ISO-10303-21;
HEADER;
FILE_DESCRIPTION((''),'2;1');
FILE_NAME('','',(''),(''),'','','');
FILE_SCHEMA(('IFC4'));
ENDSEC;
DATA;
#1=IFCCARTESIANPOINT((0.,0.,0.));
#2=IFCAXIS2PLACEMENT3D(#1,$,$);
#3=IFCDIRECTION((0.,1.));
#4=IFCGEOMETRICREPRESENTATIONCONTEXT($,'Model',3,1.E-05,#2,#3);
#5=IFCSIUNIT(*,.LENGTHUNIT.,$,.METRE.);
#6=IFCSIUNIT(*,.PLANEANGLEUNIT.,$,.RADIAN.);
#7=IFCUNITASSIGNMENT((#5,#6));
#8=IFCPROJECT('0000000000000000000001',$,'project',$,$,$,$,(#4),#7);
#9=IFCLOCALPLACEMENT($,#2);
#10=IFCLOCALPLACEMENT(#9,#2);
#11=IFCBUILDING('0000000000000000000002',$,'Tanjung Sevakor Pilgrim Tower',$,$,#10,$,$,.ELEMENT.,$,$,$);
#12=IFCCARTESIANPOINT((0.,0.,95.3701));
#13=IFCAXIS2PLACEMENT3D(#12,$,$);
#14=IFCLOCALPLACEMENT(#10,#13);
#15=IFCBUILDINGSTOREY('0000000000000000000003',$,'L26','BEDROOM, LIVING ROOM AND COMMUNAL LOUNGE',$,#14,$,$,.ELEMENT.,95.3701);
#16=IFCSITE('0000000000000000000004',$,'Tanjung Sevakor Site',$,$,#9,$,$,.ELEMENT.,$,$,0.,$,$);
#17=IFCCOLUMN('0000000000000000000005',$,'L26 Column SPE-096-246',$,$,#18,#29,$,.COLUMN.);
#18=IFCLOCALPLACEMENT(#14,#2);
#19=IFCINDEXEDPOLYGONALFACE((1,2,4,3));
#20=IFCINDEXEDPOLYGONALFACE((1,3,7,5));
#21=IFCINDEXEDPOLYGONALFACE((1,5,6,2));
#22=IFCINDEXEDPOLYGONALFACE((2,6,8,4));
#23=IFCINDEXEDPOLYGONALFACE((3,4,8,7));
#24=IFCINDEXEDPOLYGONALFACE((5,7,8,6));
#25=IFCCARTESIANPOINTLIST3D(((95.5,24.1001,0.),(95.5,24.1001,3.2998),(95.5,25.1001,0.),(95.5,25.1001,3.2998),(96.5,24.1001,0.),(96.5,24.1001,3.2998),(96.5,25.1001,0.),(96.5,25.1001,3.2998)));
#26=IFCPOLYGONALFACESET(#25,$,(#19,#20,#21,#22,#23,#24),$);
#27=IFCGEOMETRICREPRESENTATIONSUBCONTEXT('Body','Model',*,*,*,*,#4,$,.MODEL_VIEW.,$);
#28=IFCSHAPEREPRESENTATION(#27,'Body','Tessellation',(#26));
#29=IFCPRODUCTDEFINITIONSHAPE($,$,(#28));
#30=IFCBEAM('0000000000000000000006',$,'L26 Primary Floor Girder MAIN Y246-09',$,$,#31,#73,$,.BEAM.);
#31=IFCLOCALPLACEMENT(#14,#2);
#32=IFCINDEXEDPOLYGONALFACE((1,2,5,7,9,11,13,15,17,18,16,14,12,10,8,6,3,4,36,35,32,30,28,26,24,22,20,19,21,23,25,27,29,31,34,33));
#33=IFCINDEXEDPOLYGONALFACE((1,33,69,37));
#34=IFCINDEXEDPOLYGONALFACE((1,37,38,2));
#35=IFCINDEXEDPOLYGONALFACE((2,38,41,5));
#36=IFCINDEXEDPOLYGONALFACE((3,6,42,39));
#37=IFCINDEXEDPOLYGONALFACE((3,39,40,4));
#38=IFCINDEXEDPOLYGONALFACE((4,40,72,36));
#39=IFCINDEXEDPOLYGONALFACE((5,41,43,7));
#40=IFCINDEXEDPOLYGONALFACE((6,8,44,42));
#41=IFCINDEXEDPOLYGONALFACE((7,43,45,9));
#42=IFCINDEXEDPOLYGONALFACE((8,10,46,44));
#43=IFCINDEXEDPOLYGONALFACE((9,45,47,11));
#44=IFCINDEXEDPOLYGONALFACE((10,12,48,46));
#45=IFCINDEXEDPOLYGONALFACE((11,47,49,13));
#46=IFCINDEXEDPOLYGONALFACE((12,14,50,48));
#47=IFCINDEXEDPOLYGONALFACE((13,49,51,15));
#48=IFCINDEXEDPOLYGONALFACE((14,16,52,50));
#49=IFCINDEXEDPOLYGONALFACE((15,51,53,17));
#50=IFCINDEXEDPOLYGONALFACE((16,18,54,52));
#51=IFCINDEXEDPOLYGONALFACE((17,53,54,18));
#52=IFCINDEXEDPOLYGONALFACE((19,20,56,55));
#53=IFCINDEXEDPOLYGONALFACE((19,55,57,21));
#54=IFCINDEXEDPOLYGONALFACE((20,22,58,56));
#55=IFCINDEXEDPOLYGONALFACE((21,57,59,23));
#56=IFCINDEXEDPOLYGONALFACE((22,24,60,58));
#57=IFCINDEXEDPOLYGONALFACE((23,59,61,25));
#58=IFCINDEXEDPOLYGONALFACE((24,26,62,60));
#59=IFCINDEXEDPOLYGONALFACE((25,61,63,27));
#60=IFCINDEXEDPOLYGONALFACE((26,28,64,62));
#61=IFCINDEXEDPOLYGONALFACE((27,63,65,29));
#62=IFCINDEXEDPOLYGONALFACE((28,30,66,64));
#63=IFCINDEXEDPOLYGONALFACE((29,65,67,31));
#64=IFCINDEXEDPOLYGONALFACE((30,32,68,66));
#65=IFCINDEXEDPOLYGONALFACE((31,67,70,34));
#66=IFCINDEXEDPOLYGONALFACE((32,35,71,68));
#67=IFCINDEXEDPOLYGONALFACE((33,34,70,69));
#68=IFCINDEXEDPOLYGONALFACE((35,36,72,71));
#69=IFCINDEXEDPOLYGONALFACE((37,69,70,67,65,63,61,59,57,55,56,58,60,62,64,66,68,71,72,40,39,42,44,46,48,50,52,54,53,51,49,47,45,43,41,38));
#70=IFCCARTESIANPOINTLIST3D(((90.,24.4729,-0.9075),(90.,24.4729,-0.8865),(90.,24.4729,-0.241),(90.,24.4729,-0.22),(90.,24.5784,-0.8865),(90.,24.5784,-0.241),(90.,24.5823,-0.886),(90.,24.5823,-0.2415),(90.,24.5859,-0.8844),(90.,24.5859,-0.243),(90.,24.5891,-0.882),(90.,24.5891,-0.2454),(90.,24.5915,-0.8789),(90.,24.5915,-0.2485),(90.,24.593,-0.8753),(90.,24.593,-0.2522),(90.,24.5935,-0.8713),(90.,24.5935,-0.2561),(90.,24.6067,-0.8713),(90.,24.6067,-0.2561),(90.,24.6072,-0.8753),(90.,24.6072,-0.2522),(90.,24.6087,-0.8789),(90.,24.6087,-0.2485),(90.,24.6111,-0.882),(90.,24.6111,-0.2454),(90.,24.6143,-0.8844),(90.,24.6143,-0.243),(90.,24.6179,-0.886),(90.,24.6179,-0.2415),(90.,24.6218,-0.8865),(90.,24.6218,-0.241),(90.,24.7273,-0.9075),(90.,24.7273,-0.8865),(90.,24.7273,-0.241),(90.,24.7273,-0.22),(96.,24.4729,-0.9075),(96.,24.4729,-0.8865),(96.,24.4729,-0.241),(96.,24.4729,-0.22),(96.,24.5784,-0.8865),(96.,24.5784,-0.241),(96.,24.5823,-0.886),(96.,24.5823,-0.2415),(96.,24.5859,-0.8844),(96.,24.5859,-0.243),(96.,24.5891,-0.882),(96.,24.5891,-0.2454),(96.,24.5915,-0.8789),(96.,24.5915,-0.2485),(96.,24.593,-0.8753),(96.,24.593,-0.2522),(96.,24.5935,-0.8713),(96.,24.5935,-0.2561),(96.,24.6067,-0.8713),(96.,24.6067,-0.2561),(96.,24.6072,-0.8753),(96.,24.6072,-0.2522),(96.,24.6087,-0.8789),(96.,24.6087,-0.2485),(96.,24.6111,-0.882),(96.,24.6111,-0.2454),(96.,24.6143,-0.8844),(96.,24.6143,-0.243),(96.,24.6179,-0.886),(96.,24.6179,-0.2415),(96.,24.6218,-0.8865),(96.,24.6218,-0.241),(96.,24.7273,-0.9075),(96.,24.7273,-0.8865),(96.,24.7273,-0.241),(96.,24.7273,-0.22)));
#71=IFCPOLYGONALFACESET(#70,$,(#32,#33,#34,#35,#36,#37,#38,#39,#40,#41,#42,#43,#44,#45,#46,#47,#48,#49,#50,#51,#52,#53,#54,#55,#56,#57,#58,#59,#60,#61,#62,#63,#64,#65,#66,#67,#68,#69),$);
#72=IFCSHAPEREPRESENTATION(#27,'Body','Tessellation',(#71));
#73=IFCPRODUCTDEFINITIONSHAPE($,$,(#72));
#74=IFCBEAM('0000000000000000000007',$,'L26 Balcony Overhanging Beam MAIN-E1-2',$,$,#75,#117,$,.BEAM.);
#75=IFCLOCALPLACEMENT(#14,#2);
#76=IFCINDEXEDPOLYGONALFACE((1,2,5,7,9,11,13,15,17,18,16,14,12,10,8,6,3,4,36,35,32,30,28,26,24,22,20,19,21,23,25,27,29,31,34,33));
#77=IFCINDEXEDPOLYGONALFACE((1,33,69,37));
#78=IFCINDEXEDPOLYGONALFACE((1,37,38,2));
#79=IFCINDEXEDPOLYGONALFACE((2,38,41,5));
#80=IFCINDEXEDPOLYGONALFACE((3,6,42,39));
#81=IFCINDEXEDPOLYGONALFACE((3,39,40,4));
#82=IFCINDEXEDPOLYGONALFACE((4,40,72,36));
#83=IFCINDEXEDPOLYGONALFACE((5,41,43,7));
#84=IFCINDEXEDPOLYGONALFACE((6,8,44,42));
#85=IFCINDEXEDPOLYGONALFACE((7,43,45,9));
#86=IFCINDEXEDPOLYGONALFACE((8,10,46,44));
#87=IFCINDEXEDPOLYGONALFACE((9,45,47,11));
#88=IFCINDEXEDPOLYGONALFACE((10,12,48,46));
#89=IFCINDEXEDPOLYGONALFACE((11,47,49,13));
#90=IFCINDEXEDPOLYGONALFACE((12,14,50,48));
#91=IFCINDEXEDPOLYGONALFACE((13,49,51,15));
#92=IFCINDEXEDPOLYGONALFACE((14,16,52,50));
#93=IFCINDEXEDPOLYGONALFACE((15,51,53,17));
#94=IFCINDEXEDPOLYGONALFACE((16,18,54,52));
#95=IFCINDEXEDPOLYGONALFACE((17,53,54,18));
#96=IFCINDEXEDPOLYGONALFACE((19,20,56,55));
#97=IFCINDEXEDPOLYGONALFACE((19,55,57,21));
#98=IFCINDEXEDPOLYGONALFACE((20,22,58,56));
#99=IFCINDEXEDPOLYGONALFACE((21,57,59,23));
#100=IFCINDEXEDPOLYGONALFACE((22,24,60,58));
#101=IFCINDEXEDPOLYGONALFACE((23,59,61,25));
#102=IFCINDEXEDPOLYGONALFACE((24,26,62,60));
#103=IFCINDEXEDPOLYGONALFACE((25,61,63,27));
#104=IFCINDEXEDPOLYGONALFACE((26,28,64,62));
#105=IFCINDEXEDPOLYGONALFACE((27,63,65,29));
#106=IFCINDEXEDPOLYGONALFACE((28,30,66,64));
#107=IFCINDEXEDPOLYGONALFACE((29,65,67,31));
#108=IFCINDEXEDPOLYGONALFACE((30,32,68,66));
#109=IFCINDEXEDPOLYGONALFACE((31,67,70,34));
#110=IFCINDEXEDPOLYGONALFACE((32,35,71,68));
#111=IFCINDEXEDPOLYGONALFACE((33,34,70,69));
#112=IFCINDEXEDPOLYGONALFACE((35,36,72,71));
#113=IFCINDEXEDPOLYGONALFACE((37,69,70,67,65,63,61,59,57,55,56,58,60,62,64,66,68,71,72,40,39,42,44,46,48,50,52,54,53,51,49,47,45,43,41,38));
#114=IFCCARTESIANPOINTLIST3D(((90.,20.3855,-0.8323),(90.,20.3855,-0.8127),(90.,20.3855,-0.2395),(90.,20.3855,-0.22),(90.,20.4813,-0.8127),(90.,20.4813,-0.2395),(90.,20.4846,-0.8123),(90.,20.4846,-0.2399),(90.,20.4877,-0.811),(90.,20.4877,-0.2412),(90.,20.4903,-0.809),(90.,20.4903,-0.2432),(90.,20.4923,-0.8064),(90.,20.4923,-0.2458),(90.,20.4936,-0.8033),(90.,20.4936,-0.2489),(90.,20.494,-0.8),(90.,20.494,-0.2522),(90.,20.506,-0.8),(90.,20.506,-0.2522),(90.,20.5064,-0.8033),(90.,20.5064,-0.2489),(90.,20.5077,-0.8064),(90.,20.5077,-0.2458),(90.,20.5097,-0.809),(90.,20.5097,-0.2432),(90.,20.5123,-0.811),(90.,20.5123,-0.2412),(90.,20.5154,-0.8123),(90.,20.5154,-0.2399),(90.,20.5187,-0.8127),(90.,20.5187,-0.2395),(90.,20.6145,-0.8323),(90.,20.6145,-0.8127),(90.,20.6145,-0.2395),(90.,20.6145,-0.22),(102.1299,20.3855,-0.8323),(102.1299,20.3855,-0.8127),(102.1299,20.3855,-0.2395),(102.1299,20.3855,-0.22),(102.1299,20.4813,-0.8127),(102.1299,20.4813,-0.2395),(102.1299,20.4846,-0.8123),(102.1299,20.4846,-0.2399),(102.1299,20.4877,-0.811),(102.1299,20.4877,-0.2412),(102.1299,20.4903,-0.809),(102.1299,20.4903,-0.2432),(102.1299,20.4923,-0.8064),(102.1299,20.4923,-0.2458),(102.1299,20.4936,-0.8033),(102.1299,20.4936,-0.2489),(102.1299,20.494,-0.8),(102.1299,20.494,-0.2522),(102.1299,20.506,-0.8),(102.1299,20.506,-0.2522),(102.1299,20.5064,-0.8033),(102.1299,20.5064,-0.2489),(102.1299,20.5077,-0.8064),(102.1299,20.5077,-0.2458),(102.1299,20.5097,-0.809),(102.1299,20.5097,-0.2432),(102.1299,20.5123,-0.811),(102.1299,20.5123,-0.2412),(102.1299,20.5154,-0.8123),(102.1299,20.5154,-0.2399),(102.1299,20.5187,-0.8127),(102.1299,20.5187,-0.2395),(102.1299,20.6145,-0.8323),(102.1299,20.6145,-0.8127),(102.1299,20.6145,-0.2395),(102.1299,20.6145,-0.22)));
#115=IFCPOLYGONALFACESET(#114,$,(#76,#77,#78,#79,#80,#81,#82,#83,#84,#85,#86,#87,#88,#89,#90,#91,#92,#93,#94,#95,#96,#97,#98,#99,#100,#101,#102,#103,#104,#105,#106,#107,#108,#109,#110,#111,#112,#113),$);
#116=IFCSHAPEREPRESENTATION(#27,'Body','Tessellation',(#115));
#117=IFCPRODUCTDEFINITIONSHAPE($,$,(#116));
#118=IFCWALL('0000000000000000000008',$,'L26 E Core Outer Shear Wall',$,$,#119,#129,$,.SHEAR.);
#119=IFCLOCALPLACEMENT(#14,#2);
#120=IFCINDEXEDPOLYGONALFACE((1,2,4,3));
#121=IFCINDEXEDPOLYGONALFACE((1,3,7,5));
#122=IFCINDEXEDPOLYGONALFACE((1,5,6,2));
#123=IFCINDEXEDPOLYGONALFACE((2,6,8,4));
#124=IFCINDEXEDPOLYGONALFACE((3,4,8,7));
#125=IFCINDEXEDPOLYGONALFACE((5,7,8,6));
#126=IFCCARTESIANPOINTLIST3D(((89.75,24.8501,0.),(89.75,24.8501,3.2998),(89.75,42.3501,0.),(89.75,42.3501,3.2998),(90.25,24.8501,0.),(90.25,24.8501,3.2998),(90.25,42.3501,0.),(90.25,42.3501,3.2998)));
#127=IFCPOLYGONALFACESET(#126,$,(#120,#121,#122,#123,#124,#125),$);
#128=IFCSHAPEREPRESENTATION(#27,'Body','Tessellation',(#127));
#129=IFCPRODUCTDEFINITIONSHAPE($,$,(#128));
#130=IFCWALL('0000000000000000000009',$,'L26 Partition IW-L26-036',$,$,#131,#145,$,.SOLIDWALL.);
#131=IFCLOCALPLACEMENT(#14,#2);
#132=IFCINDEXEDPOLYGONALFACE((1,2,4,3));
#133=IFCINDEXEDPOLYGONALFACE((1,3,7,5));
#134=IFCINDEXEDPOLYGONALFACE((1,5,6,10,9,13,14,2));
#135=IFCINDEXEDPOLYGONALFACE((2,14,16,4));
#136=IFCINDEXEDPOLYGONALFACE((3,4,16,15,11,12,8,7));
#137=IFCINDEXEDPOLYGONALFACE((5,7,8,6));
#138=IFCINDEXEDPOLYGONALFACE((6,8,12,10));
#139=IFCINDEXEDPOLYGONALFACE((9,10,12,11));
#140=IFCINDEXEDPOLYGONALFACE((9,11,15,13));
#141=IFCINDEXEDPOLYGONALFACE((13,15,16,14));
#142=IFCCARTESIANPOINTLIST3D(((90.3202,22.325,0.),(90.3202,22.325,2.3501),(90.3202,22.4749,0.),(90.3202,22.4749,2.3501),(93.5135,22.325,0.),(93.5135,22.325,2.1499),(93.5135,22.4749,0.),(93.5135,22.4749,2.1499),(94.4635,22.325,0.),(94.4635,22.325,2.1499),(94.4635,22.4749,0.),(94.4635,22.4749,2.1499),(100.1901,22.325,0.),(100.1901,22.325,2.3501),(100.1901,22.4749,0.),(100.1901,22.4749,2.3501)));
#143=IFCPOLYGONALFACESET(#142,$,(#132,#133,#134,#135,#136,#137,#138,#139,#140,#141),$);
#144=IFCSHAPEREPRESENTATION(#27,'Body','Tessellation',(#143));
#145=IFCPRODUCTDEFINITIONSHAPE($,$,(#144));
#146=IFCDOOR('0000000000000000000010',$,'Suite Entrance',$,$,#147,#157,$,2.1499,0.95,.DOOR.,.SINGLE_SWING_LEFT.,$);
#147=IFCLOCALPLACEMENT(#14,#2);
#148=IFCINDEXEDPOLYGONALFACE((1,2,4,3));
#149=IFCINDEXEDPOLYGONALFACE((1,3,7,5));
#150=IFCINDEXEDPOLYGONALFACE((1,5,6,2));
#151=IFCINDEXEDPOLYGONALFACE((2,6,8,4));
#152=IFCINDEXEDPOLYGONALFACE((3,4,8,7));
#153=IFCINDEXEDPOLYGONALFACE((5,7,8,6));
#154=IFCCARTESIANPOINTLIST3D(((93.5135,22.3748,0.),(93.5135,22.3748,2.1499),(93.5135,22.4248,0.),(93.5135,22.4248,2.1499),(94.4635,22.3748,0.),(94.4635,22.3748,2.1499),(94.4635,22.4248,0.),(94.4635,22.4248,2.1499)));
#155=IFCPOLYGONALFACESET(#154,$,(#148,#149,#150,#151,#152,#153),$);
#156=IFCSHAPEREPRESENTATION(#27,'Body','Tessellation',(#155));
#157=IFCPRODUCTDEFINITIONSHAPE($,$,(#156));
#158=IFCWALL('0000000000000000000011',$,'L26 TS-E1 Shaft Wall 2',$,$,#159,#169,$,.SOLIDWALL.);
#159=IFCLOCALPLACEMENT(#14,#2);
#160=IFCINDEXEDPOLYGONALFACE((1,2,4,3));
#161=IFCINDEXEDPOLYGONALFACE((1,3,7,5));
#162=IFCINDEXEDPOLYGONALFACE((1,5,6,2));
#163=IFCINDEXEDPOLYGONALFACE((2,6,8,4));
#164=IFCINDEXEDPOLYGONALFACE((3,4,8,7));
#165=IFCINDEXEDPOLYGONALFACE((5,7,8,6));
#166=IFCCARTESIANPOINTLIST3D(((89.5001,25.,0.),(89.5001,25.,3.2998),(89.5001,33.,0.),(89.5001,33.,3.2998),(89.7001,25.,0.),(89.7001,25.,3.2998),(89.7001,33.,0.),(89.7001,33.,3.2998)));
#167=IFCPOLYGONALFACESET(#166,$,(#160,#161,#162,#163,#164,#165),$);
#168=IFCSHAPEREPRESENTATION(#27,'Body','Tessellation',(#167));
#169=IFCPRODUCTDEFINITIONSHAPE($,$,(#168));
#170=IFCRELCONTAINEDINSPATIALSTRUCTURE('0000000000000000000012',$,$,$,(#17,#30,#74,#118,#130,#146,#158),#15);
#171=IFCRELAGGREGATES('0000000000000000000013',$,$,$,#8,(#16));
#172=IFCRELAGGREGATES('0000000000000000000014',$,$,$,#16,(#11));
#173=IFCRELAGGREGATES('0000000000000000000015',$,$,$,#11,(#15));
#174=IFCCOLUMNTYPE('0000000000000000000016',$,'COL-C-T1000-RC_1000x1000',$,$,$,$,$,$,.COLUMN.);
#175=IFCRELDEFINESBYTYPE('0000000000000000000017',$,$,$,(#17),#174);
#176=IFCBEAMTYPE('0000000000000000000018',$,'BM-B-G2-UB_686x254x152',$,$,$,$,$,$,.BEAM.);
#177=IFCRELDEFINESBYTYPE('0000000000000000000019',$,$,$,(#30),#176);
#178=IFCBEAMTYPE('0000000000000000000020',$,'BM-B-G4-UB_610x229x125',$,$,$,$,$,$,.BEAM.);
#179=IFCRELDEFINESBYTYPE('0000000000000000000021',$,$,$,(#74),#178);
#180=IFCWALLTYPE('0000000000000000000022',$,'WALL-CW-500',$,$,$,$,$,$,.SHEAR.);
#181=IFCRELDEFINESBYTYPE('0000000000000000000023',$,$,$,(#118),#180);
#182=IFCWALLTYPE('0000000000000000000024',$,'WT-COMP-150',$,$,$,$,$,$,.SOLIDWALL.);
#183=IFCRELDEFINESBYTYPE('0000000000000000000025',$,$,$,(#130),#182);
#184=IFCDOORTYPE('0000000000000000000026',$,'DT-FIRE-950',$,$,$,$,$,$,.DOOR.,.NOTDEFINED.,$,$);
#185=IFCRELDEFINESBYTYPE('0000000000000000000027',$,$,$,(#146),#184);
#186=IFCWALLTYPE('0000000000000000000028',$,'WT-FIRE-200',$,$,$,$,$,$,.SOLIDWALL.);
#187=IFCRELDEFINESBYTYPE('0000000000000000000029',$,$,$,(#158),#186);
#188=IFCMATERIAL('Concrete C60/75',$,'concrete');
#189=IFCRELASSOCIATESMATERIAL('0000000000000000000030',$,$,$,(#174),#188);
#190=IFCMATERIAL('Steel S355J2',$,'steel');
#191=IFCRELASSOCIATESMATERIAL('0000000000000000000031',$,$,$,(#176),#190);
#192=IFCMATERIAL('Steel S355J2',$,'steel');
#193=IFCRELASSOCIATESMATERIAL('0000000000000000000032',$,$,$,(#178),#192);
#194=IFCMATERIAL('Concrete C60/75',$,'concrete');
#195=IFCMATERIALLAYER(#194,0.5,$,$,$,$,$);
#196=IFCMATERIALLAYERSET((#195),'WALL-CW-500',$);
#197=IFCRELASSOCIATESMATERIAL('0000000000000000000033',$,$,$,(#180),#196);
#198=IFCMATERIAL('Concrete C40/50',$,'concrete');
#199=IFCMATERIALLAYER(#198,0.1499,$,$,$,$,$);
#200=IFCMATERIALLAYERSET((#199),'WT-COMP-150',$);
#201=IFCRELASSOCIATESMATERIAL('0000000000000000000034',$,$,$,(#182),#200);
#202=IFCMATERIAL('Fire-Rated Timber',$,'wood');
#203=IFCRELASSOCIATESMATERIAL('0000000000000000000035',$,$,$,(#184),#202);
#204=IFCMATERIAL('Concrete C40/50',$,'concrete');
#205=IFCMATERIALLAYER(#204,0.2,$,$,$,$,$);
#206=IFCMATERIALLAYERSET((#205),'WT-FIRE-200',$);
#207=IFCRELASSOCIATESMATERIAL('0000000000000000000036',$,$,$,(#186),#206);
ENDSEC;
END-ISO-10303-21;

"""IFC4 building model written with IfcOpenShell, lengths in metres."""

from ifc_helpers import new_model, si_unit, direction, frame, frame_2d, origin, origin_2d, place, context, subcontext, project, spatial, rectangle, i_section, extrude, material, layer, layer_set, material_profile, profile_set, type_object, element, fill, save


model = new_model("IFC4")

# Units and contexts
model_context = context("Model", 3, precision=1e-05, world=origin(), true_north=direction((0.0, 1.0)))
body_context = subcontext(model_context, "Body", "Model", "MODEL_VIEW")
ifc_project = project(units=[si_unit("LENGTHUNIT", "METRE"), si_unit("PLANEANGLEUNIT", "RADIAN")], contexts=[model_context])

# Site, building, storey
site_placement = place(None, origin())
site = spatial("IfcSite", under=ifc_project, at=site_placement, Name="Tanjung Sevakor Site", CompositionType="ELEMENT", RefElevation=0.0)
building_placement = place(site_placement, origin())
building = spatial("IfcBuilding", under=site, at=building_placement, Name="Tanjung Sevakor Pilgrim Tower", CompositionType="ELEMENT")
storey_placement = place(building_placement, frame((0.0, 0.0, 95.3701)))
storey = spatial("IfcBuildingStorey", under=building, at=storey_placement, Name="L26", Description="BEDROOM, LIVING ROOM AND COMMUNAL LOUNGE", CompositionType="ELEMENT", Elevation=95.3701)

# Column
ifc_material_1 = material(Name="Concrete C60/75", Category="concrete")
ifc_material_profile_1 = material_profile(ifc_material_1, rectangle(XDim=1.0, YDim=1.0, at=origin_2d()))
ifc_profile_set_1 = profile_set([ifc_material_profile_1], Name="Concrete C60/75")
column_type = type_object("IfcColumnType", Name="COL-C-T1000-RC_1000x1000", PredefinedType="COLUMN", material=ifc_profile_set_1)
column_placement = place(storey_placement, frame((96.0, 24.6001, 0.0), z_axis=(0.0, 0.0, 1.0), x_axis=(1.0, 0.0, 0.0)))
element("IfcColumn", 1, at=column_placement, inside=storey, type_object=column_type, Name="L26 Column SPE-096-246", PredefinedType="COLUMN", context=body_context, shape_type="SweptSolid", body=[
    extrude(rectangle(XDim=1.0, YDim=1.0, at=origin_2d()), origin(), (0.0, 0.0, 1.0), 3.2998),
])

# Beams
ifc_material_2 = material(Name="Steel S355J2", Category="steel")
ifc_material_profile_2 = material_profile(ifc_material_2, i_section(OverallWidth=0.2544, OverallDepth=0.6875, WebThickness=0.0132, FlangeThickness=0.021, FilletRadius=0.0151, at=origin_2d()))
ifc_profile_set_2 = profile_set([ifc_material_profile_2], Name="Steel S355J2")
beam_type_1 = type_object("IfcBeamType", Name="BM-B-G2-UB_686x254x152", PredefinedType="BEAM", material=ifc_profile_set_2)
beam_1_placement = place(storey_placement, frame((90.0, 24.6001, -0.5637), z_axis=(1.0, 0.0, 0.0), x_axis=(0.0, 1.0, 0.0)))
element("IfcBeam", 2, at=beam_1_placement, inside=storey, type_object=beam_type_1, Name="L26 Primary Floor Girder MAIN Y246-09", PredefinedType="BEAM", context=body_context, shape_type="SweptSolid", body=[
    extrude(i_section(OverallWidth=0.2544, OverallDepth=0.6875, WebThickness=0.0132, FlangeThickness=0.021, FilletRadius=0.0151, at=origin_2d()), origin(), (0.0, 0.0, 1.0), 6.0),
])
ifc_material_3 = material(Name="Steel S355J2", Category="steel")
ifc_material_profile_3 = material_profile(ifc_material_3, i_section(OverallWidth=0.229, OverallDepth=0.6123, WebThickness=0.012, FlangeThickness=0.0195, FilletRadius=0.0127, at=origin_2d()))
ifc_profile_set_3 = profile_set([ifc_material_profile_3], Name="Steel S355J2")
beam_type_2 = type_object("IfcBeamType", Name="BM-B-G4-UB_610x229x125", PredefinedType="BEAM", material=ifc_profile_set_3)
beam_2_placement = place(storey_placement, frame((90.0, 20.5, -0.5261), z_axis=(1.0, 0.0, 0.0), x_axis=(0.0, 1.0, 0.0)))
element("IfcBeam", 3, at=beam_2_placement, inside=storey, type_object=beam_type_2, Name="L26 Balcony Overhanging Beam MAIN-E1-2", PredefinedType="BEAM", context=body_context, shape_type="SweptSolid", body=[
    extrude(i_section(OverallWidth=0.229, OverallDepth=0.6123, WebThickness=0.012, FlangeThickness=0.0195, FilletRadius=0.0127, at=origin_2d()), origin(), (0.0, 0.0, 1.0), 12.1299),
])

# Wall
ifc_material_4 = material(Name="Concrete C60/75", Category="concrete")
ifc_layer_1 = layer(ifc_material_4, 0.5)
ifc_layer_set_1 = layer_set([ifc_layer_1], Name="WALL-CW-500")
wall_type_1 = type_object("IfcWallType", Name="WALL-CW-500", PredefinedType="SHEAR", material=ifc_layer_set_1)
wall_1_placement = place(storey_placement, frame((90.0, 24.8501, 0.0), z_axis=(0.0, 0.0, 1.0), x_axis=(0.0, 1.0, 0.0)))
element("IfcWall", 4, at=wall_1_placement, inside=storey, type_object=wall_type_1, Name="L26 E Core Outer Shear Wall", PredefinedType="SHEAR", context=body_context, shape_type="SweptSolid", body=[
    extrude(rectangle(XDim=17.5, YDim=0.5, at=frame_2d((8.75, 0.0))), origin(), (0.0, 0.0, 1.0), 3.2998),
])

# Wall, opening, door
ifc_material_5 = material(Name="Concrete C40/50", Category="concrete")
ifc_layer_2 = layer(ifc_material_5, 0.1499)
ifc_layer_set_2 = layer_set([ifc_layer_2], Name="WT-COMP-150")
wall_type_2 = type_object("IfcWallType", Name="WT-COMP-150", PredefinedType="SOLIDWALL", material=ifc_layer_set_2)
wall_2_placement = place(storey_placement, frame((90.3201, 22.3999, 0.0), z_axis=(0.0, 0.0, 1.0), x_axis=(1.0, 0.0, 0.0)))
wall_2 = element("IfcWall", 5, at=wall_2_placement, inside=storey, type_object=wall_type_2, Name="L26 Partition IW-L26-036", PredefinedType="SOLIDWALL", context=body_context, shape_type="SweptSolid", body=[
    extrude(rectangle(XDim=9.8699, YDim=0.1499, at=frame_2d((4.9351, 0.0))), origin(), (0.0, 0.0, 1.0), 2.3501),
])
opening_1_placement = place(wall_2_placement, frame((3.1934, 0.0, 0.0)))
opening_1 = element("IfcOpeningElement", 6, at=opening_1_placement, cuts=wall_2, PredefinedType="OPENING", context=body_context, shape_type="SweptSolid", body=[
    extrude(rectangle(XDim=0.95, YDim=2.1499, at=frame_2d((0.4751, 1.075))), frame((0.0, 0.085, 0.0), z_axis=(0.0, -1.0, 0.0), x_axis=(1.0, 0.0, 0.0)), (0.0, 0.0, 1.0), 0.1699),
])
ifc_material_6 = material(Name="Fire-Rated Timber", Category="wood")
door_type_1 = type_object("IfcDoorType", Name="DT-FIRE-950", OperationType="NOTDEFINED", PredefinedType="DOOR", material=ifc_material_6)
door_1_placement = place(opening_1_placement, origin())
door_1 = element("IfcDoor", 7, at=door_1_placement, inside=storey, type_object=door_type_1, Name="Suite Entrance", OperationType="SINGLE_SWING_LEFT", OverallHeight=2.1499, OverallWidth=0.95, PredefinedType="DOOR", context=body_context, shape_type="SweptSolid", body=[
    extrude(rectangle(XDim=0.95, YDim=2.1499, at=frame_2d((0.4751, 1.075))), frame((0.0, 0.0249, 0.0), z_axis=(0.0, -1.0, 0.0), x_axis=(1.0, 0.0, 0.0)), (0.0, 0.0, 1.0), 0.05),
])
fill(opening_1, door_1)

# Wall
ifc_material_7 = material(Name="Concrete C40/50", Category="concrete")
ifc_layer_3 = layer(ifc_material_7, 0.2)
ifc_layer_set_3 = layer_set([ifc_layer_3], Name="WT-FIRE-200")
wall_type_3 = type_object("IfcWallType", Name="WT-FIRE-200", PredefinedType="SOLIDWALL", material=ifc_layer_set_3)
wall_3_placement = place(storey_placement, frame((89.6001, 25.0, 0.0), z_axis=(0.0, 0.0, 1.0), x_axis=(0.0, 1.0, 0.0)))
element("IfcWall", 8, at=wall_3_placement, inside=storey, type_object=wall_type_3, Name="L26 TS-E1 Shaft Wall 2", PredefinedType="SOLIDWALL", context=body_context, shape_type="SweptSolid", body=[
    extrude(rectangle(XDim=8.0, YDim=0.2, at=frame_2d((4.0, 0.0))), origin(), (0.0, 0.0, 1.0), 3.2998),
])

save(model, "model.ifc")
